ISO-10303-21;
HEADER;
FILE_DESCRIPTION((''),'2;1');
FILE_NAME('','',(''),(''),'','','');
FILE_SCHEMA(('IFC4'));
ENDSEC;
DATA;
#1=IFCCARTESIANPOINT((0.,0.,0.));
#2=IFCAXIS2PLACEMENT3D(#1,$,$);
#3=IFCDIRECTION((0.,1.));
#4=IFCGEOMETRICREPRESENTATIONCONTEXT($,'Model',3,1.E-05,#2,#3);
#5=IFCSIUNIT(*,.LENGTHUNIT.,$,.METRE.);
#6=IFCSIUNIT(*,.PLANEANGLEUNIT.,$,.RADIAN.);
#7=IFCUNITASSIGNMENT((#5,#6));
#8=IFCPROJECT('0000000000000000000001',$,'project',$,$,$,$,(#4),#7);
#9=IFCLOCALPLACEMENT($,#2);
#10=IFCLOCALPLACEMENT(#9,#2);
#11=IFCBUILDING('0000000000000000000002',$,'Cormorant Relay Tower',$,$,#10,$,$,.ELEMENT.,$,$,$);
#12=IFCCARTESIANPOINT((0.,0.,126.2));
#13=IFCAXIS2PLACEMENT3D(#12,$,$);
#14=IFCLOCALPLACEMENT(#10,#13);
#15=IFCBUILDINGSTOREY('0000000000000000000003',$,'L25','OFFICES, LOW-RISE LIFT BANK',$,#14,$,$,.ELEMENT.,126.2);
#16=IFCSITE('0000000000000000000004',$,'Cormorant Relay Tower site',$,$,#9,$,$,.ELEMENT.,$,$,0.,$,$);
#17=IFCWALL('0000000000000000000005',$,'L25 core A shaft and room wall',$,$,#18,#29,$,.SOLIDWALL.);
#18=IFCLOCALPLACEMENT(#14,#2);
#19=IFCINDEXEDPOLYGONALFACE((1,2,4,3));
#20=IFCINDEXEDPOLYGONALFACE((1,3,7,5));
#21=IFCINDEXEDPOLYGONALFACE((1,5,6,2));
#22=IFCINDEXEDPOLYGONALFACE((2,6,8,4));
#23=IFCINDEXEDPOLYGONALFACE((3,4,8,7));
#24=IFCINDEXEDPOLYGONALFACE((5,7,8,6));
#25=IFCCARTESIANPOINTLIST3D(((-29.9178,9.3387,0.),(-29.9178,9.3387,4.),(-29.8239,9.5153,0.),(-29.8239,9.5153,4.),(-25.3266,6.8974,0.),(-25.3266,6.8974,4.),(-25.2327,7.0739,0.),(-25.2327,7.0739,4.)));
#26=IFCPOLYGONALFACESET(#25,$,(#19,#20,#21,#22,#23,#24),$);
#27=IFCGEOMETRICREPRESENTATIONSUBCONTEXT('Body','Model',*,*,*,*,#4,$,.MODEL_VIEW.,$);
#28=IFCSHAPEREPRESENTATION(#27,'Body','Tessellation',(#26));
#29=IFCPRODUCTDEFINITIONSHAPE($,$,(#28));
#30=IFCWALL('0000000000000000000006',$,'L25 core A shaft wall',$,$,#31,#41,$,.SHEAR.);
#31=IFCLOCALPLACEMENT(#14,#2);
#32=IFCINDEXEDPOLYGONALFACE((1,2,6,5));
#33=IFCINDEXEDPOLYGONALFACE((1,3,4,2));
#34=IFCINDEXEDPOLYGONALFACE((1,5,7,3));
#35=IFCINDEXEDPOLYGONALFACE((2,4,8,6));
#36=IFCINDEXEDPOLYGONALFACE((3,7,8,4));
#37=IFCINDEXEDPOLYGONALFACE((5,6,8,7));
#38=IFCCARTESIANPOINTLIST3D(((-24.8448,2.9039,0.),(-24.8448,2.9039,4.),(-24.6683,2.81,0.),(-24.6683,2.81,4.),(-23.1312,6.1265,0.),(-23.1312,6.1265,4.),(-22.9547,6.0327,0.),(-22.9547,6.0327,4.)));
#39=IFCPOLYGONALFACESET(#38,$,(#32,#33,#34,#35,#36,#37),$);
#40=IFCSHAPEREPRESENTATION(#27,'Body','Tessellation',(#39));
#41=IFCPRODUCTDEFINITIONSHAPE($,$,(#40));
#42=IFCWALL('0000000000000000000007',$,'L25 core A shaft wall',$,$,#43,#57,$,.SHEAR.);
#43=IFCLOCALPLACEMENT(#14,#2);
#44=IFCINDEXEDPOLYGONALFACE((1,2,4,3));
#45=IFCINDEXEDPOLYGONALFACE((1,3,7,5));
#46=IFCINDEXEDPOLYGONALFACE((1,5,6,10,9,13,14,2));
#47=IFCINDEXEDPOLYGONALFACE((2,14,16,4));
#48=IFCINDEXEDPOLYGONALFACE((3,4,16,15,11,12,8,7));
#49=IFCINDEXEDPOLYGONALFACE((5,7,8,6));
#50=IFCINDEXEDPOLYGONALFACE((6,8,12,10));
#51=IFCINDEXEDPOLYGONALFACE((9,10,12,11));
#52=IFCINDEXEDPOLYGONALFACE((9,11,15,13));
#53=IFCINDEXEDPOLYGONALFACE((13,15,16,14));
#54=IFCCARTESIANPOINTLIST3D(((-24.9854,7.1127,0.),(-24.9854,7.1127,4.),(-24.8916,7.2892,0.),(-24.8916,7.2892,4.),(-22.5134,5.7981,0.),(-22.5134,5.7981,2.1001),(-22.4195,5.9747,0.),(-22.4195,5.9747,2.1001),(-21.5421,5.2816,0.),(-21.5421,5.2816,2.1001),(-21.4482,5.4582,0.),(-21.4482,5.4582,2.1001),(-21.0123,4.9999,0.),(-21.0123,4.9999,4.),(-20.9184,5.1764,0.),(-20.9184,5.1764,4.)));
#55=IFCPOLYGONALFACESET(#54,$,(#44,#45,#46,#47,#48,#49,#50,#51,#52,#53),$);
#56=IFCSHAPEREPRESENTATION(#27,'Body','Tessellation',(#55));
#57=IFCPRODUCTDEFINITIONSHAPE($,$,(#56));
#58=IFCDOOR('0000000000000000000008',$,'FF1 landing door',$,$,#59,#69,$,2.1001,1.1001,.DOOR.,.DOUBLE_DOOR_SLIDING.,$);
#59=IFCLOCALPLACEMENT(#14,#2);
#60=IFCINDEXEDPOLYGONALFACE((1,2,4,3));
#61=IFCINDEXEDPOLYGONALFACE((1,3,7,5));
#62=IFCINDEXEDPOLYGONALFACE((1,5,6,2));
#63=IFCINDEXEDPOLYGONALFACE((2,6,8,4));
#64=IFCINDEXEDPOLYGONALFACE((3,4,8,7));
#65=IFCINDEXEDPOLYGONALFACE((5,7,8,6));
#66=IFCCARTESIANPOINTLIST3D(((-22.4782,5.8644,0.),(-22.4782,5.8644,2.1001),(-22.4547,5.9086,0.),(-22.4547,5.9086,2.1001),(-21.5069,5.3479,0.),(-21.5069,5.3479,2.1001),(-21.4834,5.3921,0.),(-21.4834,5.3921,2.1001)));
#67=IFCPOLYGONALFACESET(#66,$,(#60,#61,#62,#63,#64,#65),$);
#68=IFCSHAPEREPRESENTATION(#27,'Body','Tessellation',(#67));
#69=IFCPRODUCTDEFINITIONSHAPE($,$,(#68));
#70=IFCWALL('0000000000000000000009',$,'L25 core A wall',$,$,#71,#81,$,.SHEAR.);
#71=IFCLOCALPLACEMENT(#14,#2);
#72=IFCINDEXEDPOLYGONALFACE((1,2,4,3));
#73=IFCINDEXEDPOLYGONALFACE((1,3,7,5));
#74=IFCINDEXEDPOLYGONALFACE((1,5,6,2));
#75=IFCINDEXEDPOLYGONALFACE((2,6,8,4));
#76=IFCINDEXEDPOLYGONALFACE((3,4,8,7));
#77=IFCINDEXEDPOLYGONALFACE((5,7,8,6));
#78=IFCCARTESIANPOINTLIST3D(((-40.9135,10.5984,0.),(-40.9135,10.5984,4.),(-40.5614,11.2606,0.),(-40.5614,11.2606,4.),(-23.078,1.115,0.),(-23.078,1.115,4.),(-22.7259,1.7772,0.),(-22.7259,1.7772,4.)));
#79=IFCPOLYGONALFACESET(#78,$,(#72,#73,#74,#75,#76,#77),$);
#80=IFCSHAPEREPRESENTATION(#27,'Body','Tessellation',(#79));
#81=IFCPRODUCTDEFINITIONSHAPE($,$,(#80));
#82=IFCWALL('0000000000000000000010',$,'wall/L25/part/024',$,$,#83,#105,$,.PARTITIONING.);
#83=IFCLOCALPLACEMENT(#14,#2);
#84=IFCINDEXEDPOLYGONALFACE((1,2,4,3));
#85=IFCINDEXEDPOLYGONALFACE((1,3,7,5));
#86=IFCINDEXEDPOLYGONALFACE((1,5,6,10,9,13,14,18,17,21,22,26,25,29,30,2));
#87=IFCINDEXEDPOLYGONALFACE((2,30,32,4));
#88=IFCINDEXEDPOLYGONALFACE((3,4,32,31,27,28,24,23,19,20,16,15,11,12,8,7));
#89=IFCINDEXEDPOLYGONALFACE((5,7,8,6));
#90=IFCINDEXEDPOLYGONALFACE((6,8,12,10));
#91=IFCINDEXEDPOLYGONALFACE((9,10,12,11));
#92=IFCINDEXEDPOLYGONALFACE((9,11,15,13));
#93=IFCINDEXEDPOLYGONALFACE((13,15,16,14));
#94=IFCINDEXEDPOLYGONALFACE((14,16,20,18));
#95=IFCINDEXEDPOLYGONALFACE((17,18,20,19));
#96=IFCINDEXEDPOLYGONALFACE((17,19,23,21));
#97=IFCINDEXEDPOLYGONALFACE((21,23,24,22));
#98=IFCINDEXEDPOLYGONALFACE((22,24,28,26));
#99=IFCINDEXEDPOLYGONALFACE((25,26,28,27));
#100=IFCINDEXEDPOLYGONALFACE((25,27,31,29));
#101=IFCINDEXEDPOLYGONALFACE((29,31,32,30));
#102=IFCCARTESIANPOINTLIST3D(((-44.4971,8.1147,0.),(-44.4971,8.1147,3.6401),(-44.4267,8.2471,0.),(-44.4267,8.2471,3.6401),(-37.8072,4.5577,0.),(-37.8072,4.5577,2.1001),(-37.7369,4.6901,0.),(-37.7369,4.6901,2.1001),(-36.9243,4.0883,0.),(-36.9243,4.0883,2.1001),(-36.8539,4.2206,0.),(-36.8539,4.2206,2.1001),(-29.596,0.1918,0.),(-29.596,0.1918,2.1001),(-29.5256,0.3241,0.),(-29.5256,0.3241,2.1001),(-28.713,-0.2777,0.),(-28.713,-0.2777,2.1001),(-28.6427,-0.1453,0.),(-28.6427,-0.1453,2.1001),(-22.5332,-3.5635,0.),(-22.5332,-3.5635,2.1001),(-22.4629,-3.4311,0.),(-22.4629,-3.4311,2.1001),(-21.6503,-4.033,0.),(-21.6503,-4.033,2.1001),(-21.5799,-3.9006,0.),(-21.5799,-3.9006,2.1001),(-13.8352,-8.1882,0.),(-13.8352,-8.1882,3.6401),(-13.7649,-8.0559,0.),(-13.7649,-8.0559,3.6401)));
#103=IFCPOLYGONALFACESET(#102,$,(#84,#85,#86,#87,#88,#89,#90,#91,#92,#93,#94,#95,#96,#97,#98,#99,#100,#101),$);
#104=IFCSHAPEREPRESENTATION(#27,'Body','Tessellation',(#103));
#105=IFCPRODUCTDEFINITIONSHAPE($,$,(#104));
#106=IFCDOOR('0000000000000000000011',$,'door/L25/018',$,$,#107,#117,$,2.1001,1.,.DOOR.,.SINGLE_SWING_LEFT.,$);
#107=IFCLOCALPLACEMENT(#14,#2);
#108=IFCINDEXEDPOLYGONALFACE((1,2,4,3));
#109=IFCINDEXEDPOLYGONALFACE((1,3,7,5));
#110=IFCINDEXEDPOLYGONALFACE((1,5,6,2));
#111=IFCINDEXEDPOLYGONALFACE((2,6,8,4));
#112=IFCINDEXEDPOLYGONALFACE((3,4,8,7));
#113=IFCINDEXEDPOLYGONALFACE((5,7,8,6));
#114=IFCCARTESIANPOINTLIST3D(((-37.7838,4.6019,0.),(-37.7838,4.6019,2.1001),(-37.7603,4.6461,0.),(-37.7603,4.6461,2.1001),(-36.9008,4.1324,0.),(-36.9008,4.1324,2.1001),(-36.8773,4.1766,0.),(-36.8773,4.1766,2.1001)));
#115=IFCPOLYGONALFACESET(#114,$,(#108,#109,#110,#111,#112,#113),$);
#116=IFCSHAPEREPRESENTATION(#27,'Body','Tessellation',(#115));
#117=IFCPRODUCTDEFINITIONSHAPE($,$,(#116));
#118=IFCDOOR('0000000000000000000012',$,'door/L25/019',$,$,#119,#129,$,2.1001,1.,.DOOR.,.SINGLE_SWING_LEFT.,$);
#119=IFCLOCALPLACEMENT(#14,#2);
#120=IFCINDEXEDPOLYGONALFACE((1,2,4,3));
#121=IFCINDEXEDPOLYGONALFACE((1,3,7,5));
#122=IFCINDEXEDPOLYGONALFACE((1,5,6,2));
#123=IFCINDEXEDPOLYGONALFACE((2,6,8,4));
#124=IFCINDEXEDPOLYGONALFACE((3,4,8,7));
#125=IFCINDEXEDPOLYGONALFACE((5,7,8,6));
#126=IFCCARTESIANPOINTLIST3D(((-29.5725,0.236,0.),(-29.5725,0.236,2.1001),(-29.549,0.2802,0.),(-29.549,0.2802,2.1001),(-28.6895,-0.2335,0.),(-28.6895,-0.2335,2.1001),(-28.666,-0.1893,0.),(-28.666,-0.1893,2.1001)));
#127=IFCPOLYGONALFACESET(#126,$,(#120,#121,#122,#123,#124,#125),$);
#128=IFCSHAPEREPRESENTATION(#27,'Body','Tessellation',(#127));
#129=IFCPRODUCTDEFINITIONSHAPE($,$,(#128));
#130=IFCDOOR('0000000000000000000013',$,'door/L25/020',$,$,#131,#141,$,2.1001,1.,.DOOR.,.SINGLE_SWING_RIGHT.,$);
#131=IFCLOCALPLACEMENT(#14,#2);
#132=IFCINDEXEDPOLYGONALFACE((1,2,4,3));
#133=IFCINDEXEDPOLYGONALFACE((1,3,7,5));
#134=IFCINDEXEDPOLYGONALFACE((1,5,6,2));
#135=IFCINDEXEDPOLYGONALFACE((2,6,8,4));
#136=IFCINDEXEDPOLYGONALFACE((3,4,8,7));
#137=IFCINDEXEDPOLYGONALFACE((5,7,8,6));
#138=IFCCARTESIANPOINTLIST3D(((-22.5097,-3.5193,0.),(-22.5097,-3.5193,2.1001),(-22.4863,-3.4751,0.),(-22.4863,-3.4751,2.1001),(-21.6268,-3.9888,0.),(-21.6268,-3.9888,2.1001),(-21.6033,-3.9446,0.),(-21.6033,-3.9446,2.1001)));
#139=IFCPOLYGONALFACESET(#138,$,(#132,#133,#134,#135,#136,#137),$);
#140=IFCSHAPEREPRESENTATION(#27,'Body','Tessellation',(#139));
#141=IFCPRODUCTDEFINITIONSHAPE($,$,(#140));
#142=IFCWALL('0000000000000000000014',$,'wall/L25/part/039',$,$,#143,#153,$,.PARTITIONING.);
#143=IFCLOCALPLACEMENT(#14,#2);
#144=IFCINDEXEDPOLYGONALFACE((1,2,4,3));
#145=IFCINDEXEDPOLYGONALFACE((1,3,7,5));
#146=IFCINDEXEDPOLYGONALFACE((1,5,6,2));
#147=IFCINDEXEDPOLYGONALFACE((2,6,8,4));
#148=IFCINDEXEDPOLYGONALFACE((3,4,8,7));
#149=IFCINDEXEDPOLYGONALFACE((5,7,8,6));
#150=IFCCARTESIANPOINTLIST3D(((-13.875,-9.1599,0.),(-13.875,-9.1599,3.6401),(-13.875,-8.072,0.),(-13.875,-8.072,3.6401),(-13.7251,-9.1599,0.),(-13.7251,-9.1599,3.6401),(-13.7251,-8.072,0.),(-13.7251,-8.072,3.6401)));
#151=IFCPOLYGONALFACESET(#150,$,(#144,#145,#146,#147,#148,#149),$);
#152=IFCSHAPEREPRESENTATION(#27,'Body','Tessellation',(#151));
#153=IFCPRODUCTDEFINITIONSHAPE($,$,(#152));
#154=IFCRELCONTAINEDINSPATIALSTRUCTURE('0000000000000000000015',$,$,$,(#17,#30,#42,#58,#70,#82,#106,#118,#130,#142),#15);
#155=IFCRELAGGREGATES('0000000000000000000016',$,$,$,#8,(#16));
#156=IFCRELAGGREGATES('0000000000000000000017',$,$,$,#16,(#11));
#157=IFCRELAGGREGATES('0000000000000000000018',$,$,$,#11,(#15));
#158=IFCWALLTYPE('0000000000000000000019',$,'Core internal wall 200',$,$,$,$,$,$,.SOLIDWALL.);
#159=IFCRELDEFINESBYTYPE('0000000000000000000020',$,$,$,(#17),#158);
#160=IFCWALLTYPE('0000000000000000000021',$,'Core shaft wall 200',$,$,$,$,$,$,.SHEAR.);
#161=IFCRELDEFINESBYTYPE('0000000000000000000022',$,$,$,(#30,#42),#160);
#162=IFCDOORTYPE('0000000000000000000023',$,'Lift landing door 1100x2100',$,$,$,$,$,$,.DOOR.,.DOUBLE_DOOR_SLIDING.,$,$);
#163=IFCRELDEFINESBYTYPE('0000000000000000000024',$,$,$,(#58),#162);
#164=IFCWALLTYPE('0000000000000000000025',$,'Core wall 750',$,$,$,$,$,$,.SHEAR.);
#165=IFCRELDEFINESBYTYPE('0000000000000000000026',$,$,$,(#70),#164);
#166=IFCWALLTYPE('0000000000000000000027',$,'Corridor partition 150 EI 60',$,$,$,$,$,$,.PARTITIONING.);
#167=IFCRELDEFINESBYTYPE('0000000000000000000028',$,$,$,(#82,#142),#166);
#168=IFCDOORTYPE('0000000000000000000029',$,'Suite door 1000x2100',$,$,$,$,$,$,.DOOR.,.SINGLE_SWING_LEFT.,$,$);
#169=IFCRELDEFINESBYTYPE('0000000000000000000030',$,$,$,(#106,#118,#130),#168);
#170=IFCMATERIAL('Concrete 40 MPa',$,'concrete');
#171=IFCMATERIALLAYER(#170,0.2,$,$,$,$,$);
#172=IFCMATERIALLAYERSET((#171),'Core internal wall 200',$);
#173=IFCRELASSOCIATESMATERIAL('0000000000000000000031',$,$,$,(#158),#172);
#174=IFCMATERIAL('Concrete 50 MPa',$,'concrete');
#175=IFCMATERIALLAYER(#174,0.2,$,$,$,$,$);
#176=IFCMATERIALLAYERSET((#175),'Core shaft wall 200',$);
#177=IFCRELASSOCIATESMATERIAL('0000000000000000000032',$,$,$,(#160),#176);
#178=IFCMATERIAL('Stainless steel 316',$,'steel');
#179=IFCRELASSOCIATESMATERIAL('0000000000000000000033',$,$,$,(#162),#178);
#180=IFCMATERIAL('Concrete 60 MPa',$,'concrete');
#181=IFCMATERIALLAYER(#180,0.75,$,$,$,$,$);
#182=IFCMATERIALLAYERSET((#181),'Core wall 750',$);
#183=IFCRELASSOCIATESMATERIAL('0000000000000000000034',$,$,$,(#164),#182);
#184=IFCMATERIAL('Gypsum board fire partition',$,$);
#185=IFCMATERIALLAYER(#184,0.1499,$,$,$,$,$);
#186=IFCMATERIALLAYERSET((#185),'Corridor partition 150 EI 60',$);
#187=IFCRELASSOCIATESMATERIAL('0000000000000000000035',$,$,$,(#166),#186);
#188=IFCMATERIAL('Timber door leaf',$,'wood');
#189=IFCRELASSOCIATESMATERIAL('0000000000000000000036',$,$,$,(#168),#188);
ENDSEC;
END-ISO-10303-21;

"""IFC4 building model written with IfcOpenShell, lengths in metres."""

from ifc_helpers import new_model, si_unit, direction, frame, frame_2d, origin, place, context, subcontext, project, spatial, rectangle, extrude, material, layer, layer_set, type_object, element, fill, save


model = new_model("IFC4")

# Units and contexts
model_context = context("Model", 3, precision=1e-05, world=origin(), true_north=direction((0.0, 1.0)))
body_context = subcontext(model_context, "Body", "Model", "MODEL_VIEW")
ifc_project = project(units=[si_unit("LENGTHUNIT", "METRE"), si_unit("PLANEANGLEUNIT", "RADIAN")], contexts=[model_context])

# Site, building, storey
site_placement = place(None, origin())
site = spatial("IfcSite", under=ifc_project, at=site_placement, Name="Cormorant Relay Tower site", CompositionType="ELEMENT", RefElevation=0.0)
building_placement = place(site_placement, origin())
building = spatial("IfcBuilding", under=site, at=building_placement, Name="Cormorant Relay Tower", CompositionType="ELEMENT")
storey_placement = place(building_placement, frame((0.0, 0.0, 126.2)))
storey = spatial("IfcBuildingStorey", under=building, at=storey_placement, Name="L25", Description="OFFICES, LOW-RISE LIFT BANK", CompositionType="ELEMENT", Elevation=126.2)

# Walls
ifc_material_1 = material(Name="Concrete 40 MPa", Category="concrete")
ifc_layer_1 = layer(ifc_material_1, 0.2)
ifc_layer_set_1 = layer_set([ifc_layer_1], Name="Core internal wall 200")
wall_type_1 = type_object("IfcWallType", Name="Core internal wall 200", PredefinedType="SOLIDWALL", material=ifc_layer_set_1)
wall_1_placement = place(storey_placement, frame((-25.2795, 6.9856, 0.0), z_axis=(0.0, 0.0, 1.0), x_axis=(-0.882935, 0.469496, 0.0)))
element("IfcWall", 1, at=wall_1_placement, inside=storey, type_object=wall_type_1, Name="L25 core A shaft and room wall", PredefinedType="SOLIDWALL", context=body_context, shape_type="SweptSolid", body=[
    extrude(rectangle(XDim=5.2, YDim=0.2, at=frame_2d((2.6001, 0.0))), origin(), (0.0, 0.0, 1.0), 4.0),
])
ifc_material_2 = material(Name="Concrete 50 MPa", Category="concrete")
ifc_layer_2 = layer(ifc_material_2, 0.2)
ifc_layer_set_2 = layer_set([ifc_layer_2], Name="Core shaft wall 200")
wall_type_2 = type_object("IfcWallType", Name="Core shaft wall 200", PredefinedType="SHEAR", material=ifc_layer_set_2)
wall_2_placement = place(storey_placement, frame((-23.043, 6.0796, 0.0), z_axis=(0.0, 0.0, 1.0), x_axis=(-0.469494, -0.882936, 0.0)))
element("IfcWall", 2, at=wall_2_placement, inside=storey, type_object=wall_type_2, Name="L25 core A shaft wall", PredefinedType="SHEAR", context=body_context, shape_type="SweptSolid", body=[
    extrude(rectangle(XDim=3.6499, YDim=0.2, at=frame_2d((1.825, 0.0))), origin(), (0.0, 0.0, 1.0), 4.0),
])

# Wall, opening, door
wall_3_placement = place(storey_placement, frame((-20.9653, 5.0881, 0.0), z_axis=(0.0, 0.0, 1.0), x_axis=(-0.882926, 0.469512, 0.0)))
wall_3 = element("IfcWall", 3, at=wall_3_placement, inside=storey, type_object=wall_type_2, Name="L25 core A shaft wall", PredefinedType="SHEAR", context=body_context, shape_type="SweptSolid", body=[
    extrude(rectangle(XDim=4.5, YDim=0.2, at=frame_2d((2.25, 0.0))), origin(), (0.0, 0.0, 1.0), 4.0),
])
opening_1_placement = place(wall_3_placement, frame((0.6001, 0.0, 0.0)))
opening_1 = element("IfcOpeningElement", 4, at=opening_1_placement, cuts=wall_3, PredefinedType="OPENING", context=body_context, shape_type="SweptSolid", body=[
    extrude(rectangle(XDim=1.1001, YDim=2.1001, at=frame_2d((0.55, 1.05))), frame((0.0, 0.1099, 0.0), z_axis=(0.0, -1.0, 0.0), x_axis=(1.0, 0.0, 0.0)), (0.0, 0.0, 1.0), 0.22),
])
ifc_material_3 = material(Name="Stainless steel 316", Category="steel")
door_type_1 = type_object("IfcDoorType", Name="Lift landing door 1100x2100", OperationType="DOUBLE_DOOR_SLIDING", PredefinedType="DOOR", material=ifc_material_3)
door_1_placement = place(opening_1_placement, origin())
door_1 = element("IfcDoor", 5, at=door_1_placement, inside=storey, type_object=door_type_1, Name="FF1 landing door", OperationType="DOUBLE_DOOR_SLIDING", OverallHeight=2.1001, OverallWidth=1.1001, PredefinedType="DOOR", context=body_context, shape_type="SweptSolid", body=[
    extrude(rectangle(XDim=1.1001, YDim=2.1001, at=frame_2d((0.55, 1.05))), frame((0.0, 0.0249, 0.0), z_axis=(0.0, -1.0, 0.0), x_axis=(1.0, 0.0, 0.0)), (0.0, 0.0, 1.0), 0.05),
])
fill(opening_1, door_1)

# Wall
ifc_material_4 = material(Name="Concrete 60 MPa", Category="concrete")
ifc_layer_3 = layer(ifc_material_4, 0.75)
ifc_layer_set_3 = layer_set([ifc_layer_3], Name="Core wall 750")
wall_type_3 = type_object("IfcWallType", Name="Core wall 750", PredefinedType="SHEAR", material=ifc_layer_set_3)
wall_4_placement = place(storey_placement, frame((-22.9019, 1.446, 0.0), z_axis=(0.0, 0.0, 1.0), x_axis=(-0.882945, 0.469476, 0.0)))
element("IfcWall", 6, at=wall_4_placement, inside=storey, type_object=wall_type_3, Name="L25 core A wall", PredefinedType="SHEAR", context=body_context, shape_type="SweptSolid", body=[
    extrude(rectangle(XDim=20.2, YDim=0.75, at=frame_2d((10.1001, 0.0))), origin(), (0.0, 0.0, 1.0), 4.0),
])

# Wall, openings, doors
ifc_material_5 = material(Name="Gypsum board fire partition")
ifc_layer_4 = layer(ifc_material_5, 0.1499)
ifc_layer_set_4 = layer_set([ifc_layer_4], Name="Corridor partition 150 EI 60")
wall_type_4 = type_object("IfcWallType", Name="Corridor partition 150 EI 60", PredefinedType="PARTITIONING", material=ifc_layer_set_4)
wall_5_placement = place(storey_placement, frame((-13.8, -8.1221, 0.0), z_axis=(0.0, 0.0, 1.0), x_axis=(-0.88295, 0.469467, 0.0)))
wall_5 = element("IfcWall", 7, at=wall_5_placement, inside=storey, type_object=wall_type_4, Name="wall/L25/part/024", PredefinedType="PARTITIONING", context=body_context, shape_type="SweptSolid", body=[
    extrude(rectangle(XDim=34.7266, YDim=0.1499, at=frame_2d((17.3633, 0.0))), origin(), (0.0, 0.0, 1.0), 3.6401),
])
opening_2_placement = place(wall_5_placement, frame((26.1499, 0.0, 0.0)))
opening_2 = element("IfcOpeningElement", 8, at=opening_2_placement, cuts=wall_5, PredefinedType="OPENING", context=body_context, shape_type="SweptSolid", body=[
    extrude(rectangle(XDim=1.0, YDim=2.1001, at=frame_2d((0.5, 1.05))), frame((0.0, 0.085, 0.0), z_axis=(0.0, -1.0, 0.0), x_axis=(1.0, 0.0, 0.0)), (0.0, 0.0, 1.0), 0.1699),
])
opening_3_placement = place(wall_5_placement, frame((16.8501, 0.0, 0.0)))
opening_3 = element("IfcOpeningElement", 9, at=opening_3_placement, cuts=wall_5, PredefinedType="OPENING", context=body_context, shape_type="SweptSolid", body=[
    extrude(rectangle(XDim=1.0, YDim=2.1001, at=frame_2d((0.5, 1.05))), frame((0.0, 0.085, 0.0), z_axis=(0.0, -1.0, 0.0), x_axis=(1.0, 0.0, 0.0)), (0.0, 0.0, 1.0), 0.1699),
])
opening_4_placement = place(wall_5_placement, frame((8.8511, 0.0, 0.0)))
opening_4 = element("IfcOpeningElement", 10, at=opening_4_placement, cuts=wall_5, PredefinedType="OPENING", context=body_context, shape_type="SweptSolid", body=[
    extrude(rectangle(XDim=1.0, YDim=2.1001, at=frame_2d((0.5, 1.05))), frame((0.0, 0.085, 0.0), z_axis=(0.0, -1.0, 0.0), x_axis=(1.0, 0.0, 0.0)), (0.0, 0.0, 1.0), 0.1699),
])
ifc_material_6 = material(Name="Timber door leaf", Category="wood")
door_type_2 = type_object("IfcDoorType", Name="Suite door 1000x2100", OperationType="SINGLE_SWING_LEFT", PredefinedType="DOOR", material=ifc_material_6)
door_2_placement = place(opening_2_placement, origin())
door_2 = element("IfcDoor", 11, at=door_2_placement, inside=storey, type_object=door_type_2, Name="door/L25/018", OperationType="SINGLE_SWING_LEFT", OverallHeight=2.1001, OverallWidth=1.0, PredefinedType="DOOR", context=body_context, shape_type="SweptSolid", body=[
    extrude(rectangle(XDim=1.0, YDim=2.1001, at=frame_2d((0.5, 1.05))), frame((0.0, 0.0249, 0.0), z_axis=(0.0, -1.0, 0.0), x_axis=(1.0, 0.0, 0.0)), (0.0, 0.0, 1.0), 0.05),
])
fill(opening_2, door_2)
door_3_placement = place(opening_3_placement, origin())
door_3 = element("IfcDoor", 12, at=door_3_placement, inside=storey, type_object=door_type_2, Name="door/L25/019", OperationType="SINGLE_SWING_LEFT", OverallHeight=2.1001, OverallWidth=1.0, PredefinedType="DOOR", context=body_context, shape_type="SweptSolid", body=[
    extrude(rectangle(XDim=1.0, YDim=2.1001, at=frame_2d((0.5, 1.05))), frame((0.0, 0.0249, 0.0), z_axis=(0.0, -1.0, 0.0), x_axis=(1.0, 0.0, 0.0)), (0.0, 0.0, 1.0), 0.05),
])
fill(opening_3, door_3)
door_4_placement = place(opening_4_placement, origin())
door_4 = element("IfcDoor", 13, at=door_4_placement, inside=storey, type_object=door_type_2, Name="door/L25/020", OperationType="SINGLE_SWING_RIGHT", OverallHeight=2.1001, OverallWidth=1.0, PredefinedType="DOOR", context=body_context, shape_type="SweptSolid", body=[
    extrude(rectangle(XDim=1.0, YDim=2.1001, at=frame_2d((0.5, 1.05))), frame((0.0, 0.0249, 0.0), z_axis=(0.0, -1.0, 0.0), x_axis=(1.0, 0.0, 0.0)), (0.0, 0.0, 1.0), 0.05),
])
fill(opening_4, door_4)

# Wall
wall_6_placement = place(storey_placement, frame((-13.8, -9.1599, 0.0), z_axis=(0.0, 0.0, 1.0), x_axis=(0.0, 1.0, 0.0)))
element("IfcWall", 14, at=wall_6_placement, inside=storey, type_object=wall_type_4, Name="wall/L25/part/039", PredefinedType="PARTITIONING", context=body_context, shape_type="SweptSolid", body=[
    extrude(rectangle(XDim=1.0879, YDim=0.1499, at=frame_2d((0.5439, 0.0))), origin(), (0.0, 0.0, 1.0), 3.6401),
])

save(model, "model.ifc")
